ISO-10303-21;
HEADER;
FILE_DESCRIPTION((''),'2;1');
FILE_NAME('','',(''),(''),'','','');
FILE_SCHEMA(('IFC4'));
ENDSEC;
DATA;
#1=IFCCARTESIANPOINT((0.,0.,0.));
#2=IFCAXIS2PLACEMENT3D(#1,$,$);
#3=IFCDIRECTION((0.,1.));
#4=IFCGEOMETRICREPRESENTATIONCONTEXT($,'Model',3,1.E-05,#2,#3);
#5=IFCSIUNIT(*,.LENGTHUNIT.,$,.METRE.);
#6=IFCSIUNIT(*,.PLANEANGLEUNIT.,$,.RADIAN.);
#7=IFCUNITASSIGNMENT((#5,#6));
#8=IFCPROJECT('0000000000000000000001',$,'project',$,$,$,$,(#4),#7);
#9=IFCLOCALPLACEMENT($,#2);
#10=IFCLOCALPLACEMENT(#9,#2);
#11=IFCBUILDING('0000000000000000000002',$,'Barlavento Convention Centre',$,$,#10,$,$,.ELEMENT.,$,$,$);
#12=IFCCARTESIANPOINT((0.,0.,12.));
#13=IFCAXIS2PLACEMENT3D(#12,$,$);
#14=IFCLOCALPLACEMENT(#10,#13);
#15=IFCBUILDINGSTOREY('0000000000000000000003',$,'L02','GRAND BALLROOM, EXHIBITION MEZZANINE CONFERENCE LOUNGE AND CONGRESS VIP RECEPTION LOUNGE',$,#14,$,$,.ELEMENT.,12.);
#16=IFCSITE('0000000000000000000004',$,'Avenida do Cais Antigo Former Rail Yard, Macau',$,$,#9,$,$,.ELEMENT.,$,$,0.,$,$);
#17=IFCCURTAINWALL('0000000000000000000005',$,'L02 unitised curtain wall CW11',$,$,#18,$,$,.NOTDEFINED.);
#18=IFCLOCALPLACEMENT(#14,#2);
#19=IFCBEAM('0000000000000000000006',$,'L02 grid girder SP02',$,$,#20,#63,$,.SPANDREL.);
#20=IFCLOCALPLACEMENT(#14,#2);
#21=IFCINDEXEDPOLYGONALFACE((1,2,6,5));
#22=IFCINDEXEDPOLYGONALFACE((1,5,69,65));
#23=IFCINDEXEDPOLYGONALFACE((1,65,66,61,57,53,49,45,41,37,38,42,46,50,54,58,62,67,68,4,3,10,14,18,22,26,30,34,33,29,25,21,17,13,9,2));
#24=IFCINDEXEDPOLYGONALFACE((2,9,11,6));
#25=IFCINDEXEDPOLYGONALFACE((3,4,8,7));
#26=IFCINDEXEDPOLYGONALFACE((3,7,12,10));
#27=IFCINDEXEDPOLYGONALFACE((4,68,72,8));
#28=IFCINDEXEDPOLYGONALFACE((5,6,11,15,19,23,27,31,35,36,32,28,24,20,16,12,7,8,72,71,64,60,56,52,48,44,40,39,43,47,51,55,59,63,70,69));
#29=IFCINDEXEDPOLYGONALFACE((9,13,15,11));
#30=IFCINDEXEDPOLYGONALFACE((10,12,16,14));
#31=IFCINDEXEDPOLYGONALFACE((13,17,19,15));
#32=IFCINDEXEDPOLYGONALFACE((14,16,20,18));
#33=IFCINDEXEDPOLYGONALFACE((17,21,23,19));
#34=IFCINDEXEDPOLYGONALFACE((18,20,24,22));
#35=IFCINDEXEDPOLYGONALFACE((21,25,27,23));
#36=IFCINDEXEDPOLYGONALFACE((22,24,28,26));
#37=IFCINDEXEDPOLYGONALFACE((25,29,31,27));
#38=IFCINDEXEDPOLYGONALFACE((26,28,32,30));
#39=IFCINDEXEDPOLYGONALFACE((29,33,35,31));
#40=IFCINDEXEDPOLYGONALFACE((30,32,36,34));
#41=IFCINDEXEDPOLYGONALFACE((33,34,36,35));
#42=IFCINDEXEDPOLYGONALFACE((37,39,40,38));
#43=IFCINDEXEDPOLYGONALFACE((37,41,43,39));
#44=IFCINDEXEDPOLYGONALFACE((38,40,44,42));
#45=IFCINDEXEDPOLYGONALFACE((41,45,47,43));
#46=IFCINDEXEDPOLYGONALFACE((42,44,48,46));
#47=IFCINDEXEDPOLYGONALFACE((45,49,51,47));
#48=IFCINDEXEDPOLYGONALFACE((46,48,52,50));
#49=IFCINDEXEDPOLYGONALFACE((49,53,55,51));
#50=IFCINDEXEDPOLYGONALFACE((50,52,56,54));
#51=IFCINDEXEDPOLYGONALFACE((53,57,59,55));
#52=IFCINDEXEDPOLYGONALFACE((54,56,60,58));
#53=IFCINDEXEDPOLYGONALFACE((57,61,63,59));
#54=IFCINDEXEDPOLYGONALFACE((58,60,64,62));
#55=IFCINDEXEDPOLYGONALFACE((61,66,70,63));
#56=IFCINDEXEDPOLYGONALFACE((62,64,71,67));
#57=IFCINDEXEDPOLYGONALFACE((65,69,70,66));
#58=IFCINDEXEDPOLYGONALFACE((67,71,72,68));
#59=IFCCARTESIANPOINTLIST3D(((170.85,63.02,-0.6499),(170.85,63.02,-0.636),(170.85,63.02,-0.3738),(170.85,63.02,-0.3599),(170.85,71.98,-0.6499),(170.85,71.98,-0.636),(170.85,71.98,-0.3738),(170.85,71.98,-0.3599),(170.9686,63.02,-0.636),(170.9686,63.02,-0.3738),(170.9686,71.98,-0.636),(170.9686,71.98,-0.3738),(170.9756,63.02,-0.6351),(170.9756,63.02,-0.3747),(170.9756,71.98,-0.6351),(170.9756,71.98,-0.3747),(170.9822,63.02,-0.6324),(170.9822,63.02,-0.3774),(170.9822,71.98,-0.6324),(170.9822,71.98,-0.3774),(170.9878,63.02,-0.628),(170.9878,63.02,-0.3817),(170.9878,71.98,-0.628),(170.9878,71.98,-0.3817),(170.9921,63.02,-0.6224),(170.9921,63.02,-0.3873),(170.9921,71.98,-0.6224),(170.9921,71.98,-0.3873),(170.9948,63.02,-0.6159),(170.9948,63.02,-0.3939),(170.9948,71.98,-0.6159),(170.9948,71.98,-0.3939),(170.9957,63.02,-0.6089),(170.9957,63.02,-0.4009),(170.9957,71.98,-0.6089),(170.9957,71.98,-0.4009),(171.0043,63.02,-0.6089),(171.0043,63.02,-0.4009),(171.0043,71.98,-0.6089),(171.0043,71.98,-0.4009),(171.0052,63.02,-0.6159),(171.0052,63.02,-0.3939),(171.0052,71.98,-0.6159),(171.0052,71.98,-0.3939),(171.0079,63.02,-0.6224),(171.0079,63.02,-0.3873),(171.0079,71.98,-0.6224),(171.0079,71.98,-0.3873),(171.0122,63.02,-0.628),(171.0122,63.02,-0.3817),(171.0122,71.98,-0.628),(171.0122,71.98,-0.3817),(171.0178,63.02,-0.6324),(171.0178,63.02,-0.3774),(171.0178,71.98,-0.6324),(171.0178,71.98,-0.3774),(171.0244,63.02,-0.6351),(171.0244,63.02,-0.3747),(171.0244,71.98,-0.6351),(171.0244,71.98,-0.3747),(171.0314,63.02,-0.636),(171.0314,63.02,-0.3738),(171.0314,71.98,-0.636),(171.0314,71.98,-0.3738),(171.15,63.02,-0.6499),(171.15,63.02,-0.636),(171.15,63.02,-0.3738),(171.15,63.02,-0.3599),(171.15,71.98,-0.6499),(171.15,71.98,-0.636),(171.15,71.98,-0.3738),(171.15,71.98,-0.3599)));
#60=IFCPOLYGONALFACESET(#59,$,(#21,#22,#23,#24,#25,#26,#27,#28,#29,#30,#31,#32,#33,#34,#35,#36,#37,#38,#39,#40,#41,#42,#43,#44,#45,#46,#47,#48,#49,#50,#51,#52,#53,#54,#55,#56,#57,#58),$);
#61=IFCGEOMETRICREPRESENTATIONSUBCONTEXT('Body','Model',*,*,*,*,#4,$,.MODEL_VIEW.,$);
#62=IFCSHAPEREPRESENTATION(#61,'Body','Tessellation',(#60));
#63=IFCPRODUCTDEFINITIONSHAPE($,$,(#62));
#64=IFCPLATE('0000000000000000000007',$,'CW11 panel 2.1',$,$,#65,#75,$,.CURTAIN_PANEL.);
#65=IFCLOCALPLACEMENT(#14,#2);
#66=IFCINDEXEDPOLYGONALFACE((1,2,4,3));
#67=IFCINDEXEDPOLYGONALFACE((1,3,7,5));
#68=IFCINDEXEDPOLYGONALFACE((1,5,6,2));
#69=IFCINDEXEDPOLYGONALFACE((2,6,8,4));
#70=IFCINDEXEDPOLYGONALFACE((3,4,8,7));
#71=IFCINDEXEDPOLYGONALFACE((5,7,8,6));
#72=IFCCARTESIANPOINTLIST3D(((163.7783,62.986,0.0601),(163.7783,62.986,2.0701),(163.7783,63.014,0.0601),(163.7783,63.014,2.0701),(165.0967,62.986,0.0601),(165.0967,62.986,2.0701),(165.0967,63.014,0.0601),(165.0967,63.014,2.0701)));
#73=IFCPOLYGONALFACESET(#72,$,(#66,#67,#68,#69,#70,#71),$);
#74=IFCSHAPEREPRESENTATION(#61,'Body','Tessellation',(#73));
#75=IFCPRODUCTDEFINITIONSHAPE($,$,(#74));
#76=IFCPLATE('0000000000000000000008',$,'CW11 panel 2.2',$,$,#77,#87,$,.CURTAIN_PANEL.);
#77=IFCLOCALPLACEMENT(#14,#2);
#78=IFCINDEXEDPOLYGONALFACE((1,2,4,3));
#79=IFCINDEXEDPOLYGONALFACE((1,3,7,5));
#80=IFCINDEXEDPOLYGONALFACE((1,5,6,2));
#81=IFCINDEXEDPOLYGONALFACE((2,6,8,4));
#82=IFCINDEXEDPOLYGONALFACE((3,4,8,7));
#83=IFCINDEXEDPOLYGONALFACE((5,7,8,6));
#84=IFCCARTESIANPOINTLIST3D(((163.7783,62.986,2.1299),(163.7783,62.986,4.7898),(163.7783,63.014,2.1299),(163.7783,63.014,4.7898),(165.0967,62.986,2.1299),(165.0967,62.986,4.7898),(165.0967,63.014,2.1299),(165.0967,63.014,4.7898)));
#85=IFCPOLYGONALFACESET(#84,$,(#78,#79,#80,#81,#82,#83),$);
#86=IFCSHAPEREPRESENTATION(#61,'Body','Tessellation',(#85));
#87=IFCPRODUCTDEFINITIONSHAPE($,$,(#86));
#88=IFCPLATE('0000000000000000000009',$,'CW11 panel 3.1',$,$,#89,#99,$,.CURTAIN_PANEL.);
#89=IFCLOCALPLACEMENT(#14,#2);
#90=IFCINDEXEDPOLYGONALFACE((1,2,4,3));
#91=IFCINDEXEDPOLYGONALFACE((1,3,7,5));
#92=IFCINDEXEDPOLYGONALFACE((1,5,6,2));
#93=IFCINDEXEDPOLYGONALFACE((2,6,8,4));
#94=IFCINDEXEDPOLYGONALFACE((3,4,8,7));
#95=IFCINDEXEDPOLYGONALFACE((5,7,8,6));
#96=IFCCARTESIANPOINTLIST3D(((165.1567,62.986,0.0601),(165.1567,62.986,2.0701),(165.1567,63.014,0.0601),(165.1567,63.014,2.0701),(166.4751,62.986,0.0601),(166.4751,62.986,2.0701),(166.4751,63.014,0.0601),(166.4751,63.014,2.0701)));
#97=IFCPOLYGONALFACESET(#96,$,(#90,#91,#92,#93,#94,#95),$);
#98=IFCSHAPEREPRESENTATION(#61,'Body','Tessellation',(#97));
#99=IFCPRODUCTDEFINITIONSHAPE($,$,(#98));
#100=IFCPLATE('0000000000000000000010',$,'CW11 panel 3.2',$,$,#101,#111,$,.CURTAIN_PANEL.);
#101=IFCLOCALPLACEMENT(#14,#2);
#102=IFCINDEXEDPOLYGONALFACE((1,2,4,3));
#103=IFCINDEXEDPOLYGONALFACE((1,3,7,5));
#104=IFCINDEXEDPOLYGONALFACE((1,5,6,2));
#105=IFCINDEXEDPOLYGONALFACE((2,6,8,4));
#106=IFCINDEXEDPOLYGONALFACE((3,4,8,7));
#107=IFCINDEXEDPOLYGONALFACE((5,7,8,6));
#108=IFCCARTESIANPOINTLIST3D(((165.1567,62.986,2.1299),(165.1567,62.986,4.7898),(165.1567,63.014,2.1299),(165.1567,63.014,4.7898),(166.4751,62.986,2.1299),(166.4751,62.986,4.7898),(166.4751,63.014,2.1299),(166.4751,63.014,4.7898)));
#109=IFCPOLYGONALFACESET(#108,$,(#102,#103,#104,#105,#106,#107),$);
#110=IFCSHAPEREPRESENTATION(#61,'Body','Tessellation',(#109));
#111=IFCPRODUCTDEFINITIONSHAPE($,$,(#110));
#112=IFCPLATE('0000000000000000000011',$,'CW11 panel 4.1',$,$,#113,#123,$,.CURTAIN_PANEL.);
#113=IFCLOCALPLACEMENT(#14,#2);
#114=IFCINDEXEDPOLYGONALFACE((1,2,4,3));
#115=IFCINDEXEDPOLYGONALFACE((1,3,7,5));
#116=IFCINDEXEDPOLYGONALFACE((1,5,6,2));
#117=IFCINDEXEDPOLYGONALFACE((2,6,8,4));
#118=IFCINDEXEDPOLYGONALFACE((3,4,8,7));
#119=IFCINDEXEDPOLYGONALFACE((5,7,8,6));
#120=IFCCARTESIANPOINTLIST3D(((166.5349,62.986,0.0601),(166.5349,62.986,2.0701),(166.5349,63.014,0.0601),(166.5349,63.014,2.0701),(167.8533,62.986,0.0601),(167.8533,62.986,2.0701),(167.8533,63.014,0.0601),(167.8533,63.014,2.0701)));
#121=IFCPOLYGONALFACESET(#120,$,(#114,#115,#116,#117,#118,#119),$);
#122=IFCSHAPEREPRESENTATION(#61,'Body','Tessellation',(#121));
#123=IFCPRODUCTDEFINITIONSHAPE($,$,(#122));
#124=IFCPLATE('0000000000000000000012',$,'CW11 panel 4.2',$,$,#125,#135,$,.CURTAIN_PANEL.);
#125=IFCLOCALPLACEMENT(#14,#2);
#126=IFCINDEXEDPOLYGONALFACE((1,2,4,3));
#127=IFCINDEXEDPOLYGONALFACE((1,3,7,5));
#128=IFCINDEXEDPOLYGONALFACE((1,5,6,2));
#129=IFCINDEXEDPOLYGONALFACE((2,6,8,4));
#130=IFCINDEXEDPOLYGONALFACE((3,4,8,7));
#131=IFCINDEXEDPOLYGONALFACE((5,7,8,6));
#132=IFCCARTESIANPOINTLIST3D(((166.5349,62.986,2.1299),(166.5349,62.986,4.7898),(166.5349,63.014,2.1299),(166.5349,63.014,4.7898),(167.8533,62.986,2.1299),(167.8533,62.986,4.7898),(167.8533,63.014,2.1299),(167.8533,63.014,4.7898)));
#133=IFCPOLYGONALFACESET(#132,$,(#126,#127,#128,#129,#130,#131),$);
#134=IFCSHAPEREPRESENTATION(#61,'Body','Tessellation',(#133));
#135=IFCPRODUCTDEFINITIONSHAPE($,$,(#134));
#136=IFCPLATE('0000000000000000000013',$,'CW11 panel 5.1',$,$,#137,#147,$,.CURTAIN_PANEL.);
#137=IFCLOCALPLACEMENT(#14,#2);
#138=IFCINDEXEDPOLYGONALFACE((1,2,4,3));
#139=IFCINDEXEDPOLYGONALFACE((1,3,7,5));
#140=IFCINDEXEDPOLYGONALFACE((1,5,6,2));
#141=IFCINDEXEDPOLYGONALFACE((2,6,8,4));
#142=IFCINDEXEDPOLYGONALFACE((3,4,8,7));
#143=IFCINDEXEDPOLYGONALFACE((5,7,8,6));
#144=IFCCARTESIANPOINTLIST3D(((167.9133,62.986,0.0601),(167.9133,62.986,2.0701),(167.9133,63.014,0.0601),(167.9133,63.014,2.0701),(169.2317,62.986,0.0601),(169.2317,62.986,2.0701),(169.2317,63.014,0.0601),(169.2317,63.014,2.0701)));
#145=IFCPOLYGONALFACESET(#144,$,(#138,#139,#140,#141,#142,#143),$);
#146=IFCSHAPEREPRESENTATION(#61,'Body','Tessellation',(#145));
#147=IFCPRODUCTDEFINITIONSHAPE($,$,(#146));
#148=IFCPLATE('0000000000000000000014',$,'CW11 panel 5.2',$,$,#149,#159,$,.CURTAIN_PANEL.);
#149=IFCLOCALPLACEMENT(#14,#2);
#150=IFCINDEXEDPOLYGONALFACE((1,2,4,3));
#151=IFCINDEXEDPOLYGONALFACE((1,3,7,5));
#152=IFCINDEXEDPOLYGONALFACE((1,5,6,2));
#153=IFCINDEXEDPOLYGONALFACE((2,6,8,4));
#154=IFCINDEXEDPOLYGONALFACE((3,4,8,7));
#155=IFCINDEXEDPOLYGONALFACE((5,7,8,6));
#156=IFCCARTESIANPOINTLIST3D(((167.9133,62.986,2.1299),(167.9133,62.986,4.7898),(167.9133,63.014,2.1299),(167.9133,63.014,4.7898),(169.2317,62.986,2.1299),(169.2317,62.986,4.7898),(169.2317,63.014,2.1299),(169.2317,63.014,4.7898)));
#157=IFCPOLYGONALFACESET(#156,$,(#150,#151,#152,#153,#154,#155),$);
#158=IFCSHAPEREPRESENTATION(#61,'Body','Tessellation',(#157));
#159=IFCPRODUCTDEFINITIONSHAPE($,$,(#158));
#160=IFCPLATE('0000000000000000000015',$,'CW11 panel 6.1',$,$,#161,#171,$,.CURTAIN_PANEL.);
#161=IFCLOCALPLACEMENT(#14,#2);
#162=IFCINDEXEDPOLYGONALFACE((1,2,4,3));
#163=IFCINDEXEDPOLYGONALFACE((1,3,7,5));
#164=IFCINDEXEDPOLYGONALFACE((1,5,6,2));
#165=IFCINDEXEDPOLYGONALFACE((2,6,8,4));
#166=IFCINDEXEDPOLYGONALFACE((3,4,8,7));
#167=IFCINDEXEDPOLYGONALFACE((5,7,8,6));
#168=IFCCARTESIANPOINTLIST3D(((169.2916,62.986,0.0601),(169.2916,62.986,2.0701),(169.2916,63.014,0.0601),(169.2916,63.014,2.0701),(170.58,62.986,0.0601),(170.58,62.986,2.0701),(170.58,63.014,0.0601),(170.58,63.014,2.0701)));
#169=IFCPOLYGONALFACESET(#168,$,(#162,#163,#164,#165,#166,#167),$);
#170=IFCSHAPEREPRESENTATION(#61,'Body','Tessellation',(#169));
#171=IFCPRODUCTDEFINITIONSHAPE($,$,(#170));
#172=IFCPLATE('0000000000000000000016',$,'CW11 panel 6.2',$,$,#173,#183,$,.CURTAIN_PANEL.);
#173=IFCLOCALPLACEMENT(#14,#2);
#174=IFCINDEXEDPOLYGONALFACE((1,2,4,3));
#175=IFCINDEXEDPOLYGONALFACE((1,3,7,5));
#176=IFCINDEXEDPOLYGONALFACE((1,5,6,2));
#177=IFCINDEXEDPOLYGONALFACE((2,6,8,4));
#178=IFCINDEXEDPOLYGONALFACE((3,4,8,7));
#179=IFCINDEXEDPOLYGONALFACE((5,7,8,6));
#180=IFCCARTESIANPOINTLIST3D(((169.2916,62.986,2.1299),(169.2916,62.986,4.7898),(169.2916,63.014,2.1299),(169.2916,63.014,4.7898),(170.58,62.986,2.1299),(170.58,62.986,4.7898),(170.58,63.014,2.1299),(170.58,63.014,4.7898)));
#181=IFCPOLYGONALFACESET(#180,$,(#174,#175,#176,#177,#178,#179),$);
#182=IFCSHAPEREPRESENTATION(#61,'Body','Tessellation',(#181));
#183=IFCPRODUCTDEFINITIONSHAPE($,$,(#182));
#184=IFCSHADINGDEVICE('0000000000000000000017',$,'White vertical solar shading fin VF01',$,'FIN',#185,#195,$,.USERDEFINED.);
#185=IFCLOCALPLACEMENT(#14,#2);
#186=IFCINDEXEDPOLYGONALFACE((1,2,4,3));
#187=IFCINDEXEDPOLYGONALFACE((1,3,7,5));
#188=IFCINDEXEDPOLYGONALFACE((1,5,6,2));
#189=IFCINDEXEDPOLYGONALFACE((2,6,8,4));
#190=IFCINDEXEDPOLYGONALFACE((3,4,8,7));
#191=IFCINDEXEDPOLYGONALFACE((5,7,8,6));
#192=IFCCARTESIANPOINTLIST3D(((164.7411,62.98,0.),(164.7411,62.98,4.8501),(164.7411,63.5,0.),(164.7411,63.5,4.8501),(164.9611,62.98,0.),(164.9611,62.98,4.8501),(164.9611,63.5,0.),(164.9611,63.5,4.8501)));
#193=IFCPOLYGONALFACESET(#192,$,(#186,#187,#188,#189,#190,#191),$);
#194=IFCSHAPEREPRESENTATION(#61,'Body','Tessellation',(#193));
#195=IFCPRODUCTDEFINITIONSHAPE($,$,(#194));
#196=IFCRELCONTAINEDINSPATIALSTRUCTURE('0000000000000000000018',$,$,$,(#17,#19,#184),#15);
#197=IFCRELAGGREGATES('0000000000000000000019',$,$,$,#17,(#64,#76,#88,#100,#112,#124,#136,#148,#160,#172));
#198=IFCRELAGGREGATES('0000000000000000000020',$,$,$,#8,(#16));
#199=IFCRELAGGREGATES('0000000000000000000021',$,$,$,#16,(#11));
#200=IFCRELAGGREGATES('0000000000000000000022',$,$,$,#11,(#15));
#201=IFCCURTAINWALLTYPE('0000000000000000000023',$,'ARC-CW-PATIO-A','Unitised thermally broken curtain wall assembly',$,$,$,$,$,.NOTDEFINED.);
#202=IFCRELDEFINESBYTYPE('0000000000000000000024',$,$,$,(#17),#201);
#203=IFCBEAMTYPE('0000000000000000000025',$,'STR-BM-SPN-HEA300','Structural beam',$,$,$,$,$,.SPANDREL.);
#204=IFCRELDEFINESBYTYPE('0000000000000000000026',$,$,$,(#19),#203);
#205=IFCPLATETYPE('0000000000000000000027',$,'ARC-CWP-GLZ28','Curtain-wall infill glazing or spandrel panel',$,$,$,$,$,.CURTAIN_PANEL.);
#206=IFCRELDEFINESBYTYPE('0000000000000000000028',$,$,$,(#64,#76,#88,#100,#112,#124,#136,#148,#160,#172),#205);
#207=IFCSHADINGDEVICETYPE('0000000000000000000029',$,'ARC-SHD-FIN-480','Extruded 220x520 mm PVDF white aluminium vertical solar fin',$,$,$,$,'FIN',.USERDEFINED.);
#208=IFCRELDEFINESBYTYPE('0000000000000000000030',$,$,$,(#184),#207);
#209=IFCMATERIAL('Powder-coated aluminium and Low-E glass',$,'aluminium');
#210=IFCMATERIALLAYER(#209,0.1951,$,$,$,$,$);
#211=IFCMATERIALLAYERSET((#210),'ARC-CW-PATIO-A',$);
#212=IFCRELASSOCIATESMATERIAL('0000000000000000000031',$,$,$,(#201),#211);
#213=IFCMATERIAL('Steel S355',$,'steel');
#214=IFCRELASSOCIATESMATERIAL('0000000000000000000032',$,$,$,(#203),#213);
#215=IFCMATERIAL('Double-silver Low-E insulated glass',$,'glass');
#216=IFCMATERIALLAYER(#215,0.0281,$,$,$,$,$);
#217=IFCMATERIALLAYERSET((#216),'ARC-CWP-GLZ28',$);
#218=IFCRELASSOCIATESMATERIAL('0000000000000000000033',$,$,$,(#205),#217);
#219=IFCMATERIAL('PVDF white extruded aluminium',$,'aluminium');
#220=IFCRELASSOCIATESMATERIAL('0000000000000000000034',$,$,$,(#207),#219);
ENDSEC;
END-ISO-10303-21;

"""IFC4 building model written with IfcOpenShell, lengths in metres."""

from ifc_helpers import new_model, si_unit, direction, frame, origin, origin_2d, place, context, subcontext, project, spatial, rectangle, i_section, extrude, material, layer, layer_set, material_profile, profile_set, type_object, element, aggregate, save


model = new_model("IFC4")

# Units and contexts
model_context = context("Model", 3, precision=1e-05, world=origin(), true_north=direction((0.0, 1.0)))
body_context = subcontext(model_context, "Body", "Model", "MODEL_VIEW")
ifc_project = project(units=[si_unit("LENGTHUNIT", "METRE"), si_unit("PLANEANGLEUNIT", "RADIAN")], contexts=[model_context])

# Site, building, storey
site_placement = place(None, origin())
site = spatial("IfcSite", under=ifc_project, at=site_placement, Name="Avenida do Cais Antigo Former Rail Yard, Macau", CompositionType="ELEMENT", RefElevation=0.0)
building_placement = place(site_placement, origin())
building = spatial("IfcBuilding", under=site, at=building_placement, Name="Barlavento Convention Centre", CompositionType="ELEMENT")
storey_placement = place(building_placement, frame((0.0, 0.0, 12.0)))
storey = spatial("IfcBuildingStorey", under=building, at=storey_placement, Name="L02", Description="GRAND BALLROOM, EXHIBITION MEZZANINE CONFERENCE LOUNGE AND CONGRESS VIP RECEPTION LOUNGE", CompositionType="ELEMENT", Elevation=12.0)

# Shared definitions
ifc_material_1 = material(Name="Steel S355", Category="steel")

# Curtain wall
ifc_material_2 = material(Name="Powder-coated aluminium and Low-E glass", Category="aluminium")
ifc_layer_1 = layer(ifc_material_2, 0.1951)
ifc_layer_set_1 = layer_set([ifc_layer_1], Name="ARC-CW-PATIO-A")
curtain_wall_type = type_object("IfcCurtainWallType", Name="ARC-CW-PATIO-A", Description="Unitised thermally broken curtain wall assembly", PredefinedType="NOTDEFINED", material=ifc_layer_set_1)
curtain_wall_placement = place(storey_placement, origin())
curtain_wall = element("IfcCurtainWall", 1, at=curtain_wall_placement, inside=storey, type_object=curtain_wall_type, Name="L02 unitised curtain wall CW11", PredefinedType="NOTDEFINED")

# Beam
ifc_material_profile_1 = material_profile(ifc_material_1, i_section(OverallWidth=0.3, OverallDepth=0.29, WebThickness=0.0085, FlangeThickness=0.0139, FilletRadius=0.0271, at=origin_2d()), Name="HEA 300")
ifc_profile_set_1 = profile_set([ifc_material_profile_1], Name="Steel S355")
beam_type_1 = type_object("IfcBeamType", Name="STR-BM-SPN-HEA300", Description="Structural beam", PredefinedType="SPANDREL", material=ifc_profile_set_1)
beam_1_placement = place(storey_placement, frame((171.0, 63.02, -0.5049), z_axis=(0.0, 1.0, 0.0), x_axis=(-1.0, 0.0, 0.0)))
element("IfcBeam", 2, at=beam_1_placement, inside=storey, type_object=beam_type_1, Name="L02 grid girder SP02", PredefinedType="SPANDREL", context=body_context, shape_type="SweptSolid", body=[
    extrude(i_section(OverallWidth=0.3, OverallDepth=0.29, WebThickness=0.0085, FlangeThickness=0.0139, FilletRadius=0.0271, at=origin_2d()), origin(), (0.0, 0.0, 1.0), 8.96),
])

# Plates
ifc_material_3 = material(Name="Double-silver Low-E insulated glass", Category="glass")
ifc_layer_2 = layer(ifc_material_3, 0.0281)
ifc_layer_set_2 = layer_set([ifc_layer_2], Name="ARC-CWP-GLZ28")
plate_type = type_object("IfcPlateType", Name="ARC-CWP-GLZ28", Description="Curtain-wall infill glazing or spandrel panel", PredefinedType="CURTAIN_PANEL", material=ifc_layer_set_2)
plate_1_placement = place(storey_placement, frame((164.4375, 63.0, 0.0601), z_axis=(0.0, 0.0, 1.0), x_axis=(1.0, 0.0, 0.0)))
plate_1 = element("IfcPlate", 3, at=plate_1_placement, type_object=plate_type, Name="CW11 panel 2.1", PredefinedType="CURTAIN_PANEL", context=body_context, shape_type="SweptSolid", body=[
    extrude(rectangle(XDim=1.3184, YDim=0.0281, at=origin_2d()), origin(), (0.0, 0.0, 1.0), 2.01),
])
plate_2_placement = place(storey_placement, frame((164.4375, 63.0, 2.1299), z_axis=(0.0, 0.0, 1.0), x_axis=(1.0, 0.0, 0.0)))
plate_2 = element("IfcPlate", 4, at=plate_2_placement, type_object=plate_type, Name="CW11 panel 2.2", PredefinedType="CURTAIN_PANEL", context=body_context, shape_type="SweptSolid", body=[
    extrude(rectangle(XDim=1.3184, YDim=0.0281, at=origin_2d()), origin(), (0.0, 0.0, 1.0), 2.6599),
])
plate_3_placement = place(storey_placement, frame((165.8159, 63.0, 0.0601), z_axis=(0.0, 0.0, 1.0), x_axis=(1.0, 0.0, 0.0)))
plate_3 = element("IfcPlate", 5, at=plate_3_placement, type_object=plate_type, Name="CW11 panel 3.1", PredefinedType="CURTAIN_PANEL", context=body_context, shape_type="SweptSolid", body=[
    extrude(rectangle(XDim=1.3184, YDim=0.0281, at=origin_2d()), origin(), (0.0, 0.0, 1.0), 2.01),
])
plate_4_placement = place(storey_placement, frame((165.8159, 63.0, 2.1299), z_axis=(0.0, 0.0, 1.0), x_axis=(1.0, 0.0, 0.0)))
plate_4 = element("IfcPlate", 6, at=plate_4_placement, type_object=plate_type, Name="CW11 panel 3.2", PredefinedType="CURTAIN_PANEL", context=body_context, shape_type="SweptSolid", body=[
    extrude(rectangle(XDim=1.3184, YDim=0.0281, at=origin_2d()), origin(), (0.0, 0.0, 1.0), 2.6599),
])
plate_5_placement = place(storey_placement, frame((167.1941, 63.0, 0.0601), z_axis=(0.0, 0.0, 1.0), x_axis=(1.0, 0.0, 0.0)))
plate_5 = element("IfcPlate", 7, at=plate_5_placement, type_object=plate_type, Name="CW11 panel 4.1", PredefinedType="CURTAIN_PANEL", context=body_context, shape_type="SweptSolid", body=[
    extrude(rectangle(XDim=1.3184, YDim=0.0281, at=origin_2d()), origin(), (0.0, 0.0, 1.0), 2.01),
])
plate_6_placement = place(storey_placement, frame((167.1941, 63.0, 2.1299), z_axis=(0.0, 0.0, 1.0), x_axis=(1.0, 0.0, 0.0)))
plate_6 = element("IfcPlate", 8, at=plate_6_placement, type_object=plate_type, Name="CW11 panel 4.2", PredefinedType="CURTAIN_PANEL", context=body_context, shape_type="SweptSolid", body=[
    extrude(rectangle(XDim=1.3184, YDim=0.0281, at=origin_2d()), origin(), (0.0, 0.0, 1.0), 2.6599),
])
plate_7_placement = place(storey_placement, frame((168.5725, 63.0, 0.0601), z_axis=(0.0, 0.0, 1.0), x_axis=(1.0, 0.0, 0.0)))
plate_7 = element("IfcPlate", 9, at=plate_7_placement, type_object=plate_type, Name="CW11 panel 5.1", PredefinedType="CURTAIN_PANEL", context=body_context, shape_type="SweptSolid", body=[
    extrude(rectangle(XDim=1.3184, YDim=0.0281, at=origin_2d()), origin(), (0.0, 0.0, 1.0), 2.01),
])
plate_8_placement = place(storey_placement, frame((168.5725, 63.0, 2.1299), z_axis=(0.0, 0.0, 1.0), x_axis=(1.0, 0.0, 0.0)))
plate_8 = element("IfcPlate", 10, at=plate_8_placement, type_object=plate_type, Name="CW11 panel 5.2", PredefinedType="CURTAIN_PANEL", context=body_context, shape_type="SweptSolid", body=[
    extrude(rectangle(XDim=1.3184, YDim=0.0281, at=origin_2d()), origin(), (0.0, 0.0, 1.0), 2.6599),
])
plate_9_placement = place(storey_placement, frame((169.9358, 63.0, 0.0601), z_axis=(0.0, 0.0, 1.0), x_axis=(1.0, 0.0, 0.0)))
plate_9 = element("IfcPlate", 11, at=plate_9_placement, type_object=plate_type, Name="CW11 panel 6.1", PredefinedType="CURTAIN_PANEL", context=body_context, shape_type="SweptSolid", body=[
    extrude(rectangle(XDim=1.2883, YDim=0.0281, at=origin_2d()), origin(), (0.0, 0.0, 1.0), 2.01),
])
plate_10_placement = place(storey_placement, frame((169.9358, 63.0, 2.1299), z_axis=(0.0, 0.0, 1.0), x_axis=(1.0, 0.0, 0.0)))
plate_10 = element("IfcPlate", 12, at=plate_10_placement, type_object=plate_type, Name="CW11 panel 6.2", PredefinedType="CURTAIN_PANEL", context=body_context, shape_type="SweptSolid", body=[
    extrude(rectangle(XDim=1.2883, YDim=0.0281, at=origin_2d()), origin(), (0.0, 0.0, 1.0), 2.6599),
])
aggregate(curtain_wall, [plate_1, plate_2, plate_3, plate_4, plate_5, plate_6, plate_7, plate_8, plate_9, plate_10])

# Shading device
ifc_material_4 = material(Name="PVDF white extruded aluminium", Category="aluminium")
shading_device_type = type_object("IfcShadingDeviceType", Name="ARC-SHD-FIN-480", Description="Extruded 220x520 mm PVDF white aluminium vertical solar fin", ElementType="FIN", PredefinedType="USERDEFINED", material=ifc_material_4)
for number, where, z_axis, x_axis, name in (
    (13, (164.8511, 63.24, 0.0), (0.0, 0.0, 1.0), (1.0, 0.0, 0.0), "White vertical solar shading fin VF01"),
):
    element("IfcShadingDevice", number, at=place(storey_placement, frame(where, z_axis=z_axis, x_axis=x_axis)), inside=storey, type_object=shading_device_type, Name=name, ObjectType="FIN", PredefinedType="USERDEFINED", context=body_context, shape_type="SweptSolid", body=[
        extrude(rectangle(XDim=0.22, YDim=0.52, at=origin_2d()), origin(), (0.0, 0.0, 1.0), 4.8501),
    ])

save(model, "model.ifc")
